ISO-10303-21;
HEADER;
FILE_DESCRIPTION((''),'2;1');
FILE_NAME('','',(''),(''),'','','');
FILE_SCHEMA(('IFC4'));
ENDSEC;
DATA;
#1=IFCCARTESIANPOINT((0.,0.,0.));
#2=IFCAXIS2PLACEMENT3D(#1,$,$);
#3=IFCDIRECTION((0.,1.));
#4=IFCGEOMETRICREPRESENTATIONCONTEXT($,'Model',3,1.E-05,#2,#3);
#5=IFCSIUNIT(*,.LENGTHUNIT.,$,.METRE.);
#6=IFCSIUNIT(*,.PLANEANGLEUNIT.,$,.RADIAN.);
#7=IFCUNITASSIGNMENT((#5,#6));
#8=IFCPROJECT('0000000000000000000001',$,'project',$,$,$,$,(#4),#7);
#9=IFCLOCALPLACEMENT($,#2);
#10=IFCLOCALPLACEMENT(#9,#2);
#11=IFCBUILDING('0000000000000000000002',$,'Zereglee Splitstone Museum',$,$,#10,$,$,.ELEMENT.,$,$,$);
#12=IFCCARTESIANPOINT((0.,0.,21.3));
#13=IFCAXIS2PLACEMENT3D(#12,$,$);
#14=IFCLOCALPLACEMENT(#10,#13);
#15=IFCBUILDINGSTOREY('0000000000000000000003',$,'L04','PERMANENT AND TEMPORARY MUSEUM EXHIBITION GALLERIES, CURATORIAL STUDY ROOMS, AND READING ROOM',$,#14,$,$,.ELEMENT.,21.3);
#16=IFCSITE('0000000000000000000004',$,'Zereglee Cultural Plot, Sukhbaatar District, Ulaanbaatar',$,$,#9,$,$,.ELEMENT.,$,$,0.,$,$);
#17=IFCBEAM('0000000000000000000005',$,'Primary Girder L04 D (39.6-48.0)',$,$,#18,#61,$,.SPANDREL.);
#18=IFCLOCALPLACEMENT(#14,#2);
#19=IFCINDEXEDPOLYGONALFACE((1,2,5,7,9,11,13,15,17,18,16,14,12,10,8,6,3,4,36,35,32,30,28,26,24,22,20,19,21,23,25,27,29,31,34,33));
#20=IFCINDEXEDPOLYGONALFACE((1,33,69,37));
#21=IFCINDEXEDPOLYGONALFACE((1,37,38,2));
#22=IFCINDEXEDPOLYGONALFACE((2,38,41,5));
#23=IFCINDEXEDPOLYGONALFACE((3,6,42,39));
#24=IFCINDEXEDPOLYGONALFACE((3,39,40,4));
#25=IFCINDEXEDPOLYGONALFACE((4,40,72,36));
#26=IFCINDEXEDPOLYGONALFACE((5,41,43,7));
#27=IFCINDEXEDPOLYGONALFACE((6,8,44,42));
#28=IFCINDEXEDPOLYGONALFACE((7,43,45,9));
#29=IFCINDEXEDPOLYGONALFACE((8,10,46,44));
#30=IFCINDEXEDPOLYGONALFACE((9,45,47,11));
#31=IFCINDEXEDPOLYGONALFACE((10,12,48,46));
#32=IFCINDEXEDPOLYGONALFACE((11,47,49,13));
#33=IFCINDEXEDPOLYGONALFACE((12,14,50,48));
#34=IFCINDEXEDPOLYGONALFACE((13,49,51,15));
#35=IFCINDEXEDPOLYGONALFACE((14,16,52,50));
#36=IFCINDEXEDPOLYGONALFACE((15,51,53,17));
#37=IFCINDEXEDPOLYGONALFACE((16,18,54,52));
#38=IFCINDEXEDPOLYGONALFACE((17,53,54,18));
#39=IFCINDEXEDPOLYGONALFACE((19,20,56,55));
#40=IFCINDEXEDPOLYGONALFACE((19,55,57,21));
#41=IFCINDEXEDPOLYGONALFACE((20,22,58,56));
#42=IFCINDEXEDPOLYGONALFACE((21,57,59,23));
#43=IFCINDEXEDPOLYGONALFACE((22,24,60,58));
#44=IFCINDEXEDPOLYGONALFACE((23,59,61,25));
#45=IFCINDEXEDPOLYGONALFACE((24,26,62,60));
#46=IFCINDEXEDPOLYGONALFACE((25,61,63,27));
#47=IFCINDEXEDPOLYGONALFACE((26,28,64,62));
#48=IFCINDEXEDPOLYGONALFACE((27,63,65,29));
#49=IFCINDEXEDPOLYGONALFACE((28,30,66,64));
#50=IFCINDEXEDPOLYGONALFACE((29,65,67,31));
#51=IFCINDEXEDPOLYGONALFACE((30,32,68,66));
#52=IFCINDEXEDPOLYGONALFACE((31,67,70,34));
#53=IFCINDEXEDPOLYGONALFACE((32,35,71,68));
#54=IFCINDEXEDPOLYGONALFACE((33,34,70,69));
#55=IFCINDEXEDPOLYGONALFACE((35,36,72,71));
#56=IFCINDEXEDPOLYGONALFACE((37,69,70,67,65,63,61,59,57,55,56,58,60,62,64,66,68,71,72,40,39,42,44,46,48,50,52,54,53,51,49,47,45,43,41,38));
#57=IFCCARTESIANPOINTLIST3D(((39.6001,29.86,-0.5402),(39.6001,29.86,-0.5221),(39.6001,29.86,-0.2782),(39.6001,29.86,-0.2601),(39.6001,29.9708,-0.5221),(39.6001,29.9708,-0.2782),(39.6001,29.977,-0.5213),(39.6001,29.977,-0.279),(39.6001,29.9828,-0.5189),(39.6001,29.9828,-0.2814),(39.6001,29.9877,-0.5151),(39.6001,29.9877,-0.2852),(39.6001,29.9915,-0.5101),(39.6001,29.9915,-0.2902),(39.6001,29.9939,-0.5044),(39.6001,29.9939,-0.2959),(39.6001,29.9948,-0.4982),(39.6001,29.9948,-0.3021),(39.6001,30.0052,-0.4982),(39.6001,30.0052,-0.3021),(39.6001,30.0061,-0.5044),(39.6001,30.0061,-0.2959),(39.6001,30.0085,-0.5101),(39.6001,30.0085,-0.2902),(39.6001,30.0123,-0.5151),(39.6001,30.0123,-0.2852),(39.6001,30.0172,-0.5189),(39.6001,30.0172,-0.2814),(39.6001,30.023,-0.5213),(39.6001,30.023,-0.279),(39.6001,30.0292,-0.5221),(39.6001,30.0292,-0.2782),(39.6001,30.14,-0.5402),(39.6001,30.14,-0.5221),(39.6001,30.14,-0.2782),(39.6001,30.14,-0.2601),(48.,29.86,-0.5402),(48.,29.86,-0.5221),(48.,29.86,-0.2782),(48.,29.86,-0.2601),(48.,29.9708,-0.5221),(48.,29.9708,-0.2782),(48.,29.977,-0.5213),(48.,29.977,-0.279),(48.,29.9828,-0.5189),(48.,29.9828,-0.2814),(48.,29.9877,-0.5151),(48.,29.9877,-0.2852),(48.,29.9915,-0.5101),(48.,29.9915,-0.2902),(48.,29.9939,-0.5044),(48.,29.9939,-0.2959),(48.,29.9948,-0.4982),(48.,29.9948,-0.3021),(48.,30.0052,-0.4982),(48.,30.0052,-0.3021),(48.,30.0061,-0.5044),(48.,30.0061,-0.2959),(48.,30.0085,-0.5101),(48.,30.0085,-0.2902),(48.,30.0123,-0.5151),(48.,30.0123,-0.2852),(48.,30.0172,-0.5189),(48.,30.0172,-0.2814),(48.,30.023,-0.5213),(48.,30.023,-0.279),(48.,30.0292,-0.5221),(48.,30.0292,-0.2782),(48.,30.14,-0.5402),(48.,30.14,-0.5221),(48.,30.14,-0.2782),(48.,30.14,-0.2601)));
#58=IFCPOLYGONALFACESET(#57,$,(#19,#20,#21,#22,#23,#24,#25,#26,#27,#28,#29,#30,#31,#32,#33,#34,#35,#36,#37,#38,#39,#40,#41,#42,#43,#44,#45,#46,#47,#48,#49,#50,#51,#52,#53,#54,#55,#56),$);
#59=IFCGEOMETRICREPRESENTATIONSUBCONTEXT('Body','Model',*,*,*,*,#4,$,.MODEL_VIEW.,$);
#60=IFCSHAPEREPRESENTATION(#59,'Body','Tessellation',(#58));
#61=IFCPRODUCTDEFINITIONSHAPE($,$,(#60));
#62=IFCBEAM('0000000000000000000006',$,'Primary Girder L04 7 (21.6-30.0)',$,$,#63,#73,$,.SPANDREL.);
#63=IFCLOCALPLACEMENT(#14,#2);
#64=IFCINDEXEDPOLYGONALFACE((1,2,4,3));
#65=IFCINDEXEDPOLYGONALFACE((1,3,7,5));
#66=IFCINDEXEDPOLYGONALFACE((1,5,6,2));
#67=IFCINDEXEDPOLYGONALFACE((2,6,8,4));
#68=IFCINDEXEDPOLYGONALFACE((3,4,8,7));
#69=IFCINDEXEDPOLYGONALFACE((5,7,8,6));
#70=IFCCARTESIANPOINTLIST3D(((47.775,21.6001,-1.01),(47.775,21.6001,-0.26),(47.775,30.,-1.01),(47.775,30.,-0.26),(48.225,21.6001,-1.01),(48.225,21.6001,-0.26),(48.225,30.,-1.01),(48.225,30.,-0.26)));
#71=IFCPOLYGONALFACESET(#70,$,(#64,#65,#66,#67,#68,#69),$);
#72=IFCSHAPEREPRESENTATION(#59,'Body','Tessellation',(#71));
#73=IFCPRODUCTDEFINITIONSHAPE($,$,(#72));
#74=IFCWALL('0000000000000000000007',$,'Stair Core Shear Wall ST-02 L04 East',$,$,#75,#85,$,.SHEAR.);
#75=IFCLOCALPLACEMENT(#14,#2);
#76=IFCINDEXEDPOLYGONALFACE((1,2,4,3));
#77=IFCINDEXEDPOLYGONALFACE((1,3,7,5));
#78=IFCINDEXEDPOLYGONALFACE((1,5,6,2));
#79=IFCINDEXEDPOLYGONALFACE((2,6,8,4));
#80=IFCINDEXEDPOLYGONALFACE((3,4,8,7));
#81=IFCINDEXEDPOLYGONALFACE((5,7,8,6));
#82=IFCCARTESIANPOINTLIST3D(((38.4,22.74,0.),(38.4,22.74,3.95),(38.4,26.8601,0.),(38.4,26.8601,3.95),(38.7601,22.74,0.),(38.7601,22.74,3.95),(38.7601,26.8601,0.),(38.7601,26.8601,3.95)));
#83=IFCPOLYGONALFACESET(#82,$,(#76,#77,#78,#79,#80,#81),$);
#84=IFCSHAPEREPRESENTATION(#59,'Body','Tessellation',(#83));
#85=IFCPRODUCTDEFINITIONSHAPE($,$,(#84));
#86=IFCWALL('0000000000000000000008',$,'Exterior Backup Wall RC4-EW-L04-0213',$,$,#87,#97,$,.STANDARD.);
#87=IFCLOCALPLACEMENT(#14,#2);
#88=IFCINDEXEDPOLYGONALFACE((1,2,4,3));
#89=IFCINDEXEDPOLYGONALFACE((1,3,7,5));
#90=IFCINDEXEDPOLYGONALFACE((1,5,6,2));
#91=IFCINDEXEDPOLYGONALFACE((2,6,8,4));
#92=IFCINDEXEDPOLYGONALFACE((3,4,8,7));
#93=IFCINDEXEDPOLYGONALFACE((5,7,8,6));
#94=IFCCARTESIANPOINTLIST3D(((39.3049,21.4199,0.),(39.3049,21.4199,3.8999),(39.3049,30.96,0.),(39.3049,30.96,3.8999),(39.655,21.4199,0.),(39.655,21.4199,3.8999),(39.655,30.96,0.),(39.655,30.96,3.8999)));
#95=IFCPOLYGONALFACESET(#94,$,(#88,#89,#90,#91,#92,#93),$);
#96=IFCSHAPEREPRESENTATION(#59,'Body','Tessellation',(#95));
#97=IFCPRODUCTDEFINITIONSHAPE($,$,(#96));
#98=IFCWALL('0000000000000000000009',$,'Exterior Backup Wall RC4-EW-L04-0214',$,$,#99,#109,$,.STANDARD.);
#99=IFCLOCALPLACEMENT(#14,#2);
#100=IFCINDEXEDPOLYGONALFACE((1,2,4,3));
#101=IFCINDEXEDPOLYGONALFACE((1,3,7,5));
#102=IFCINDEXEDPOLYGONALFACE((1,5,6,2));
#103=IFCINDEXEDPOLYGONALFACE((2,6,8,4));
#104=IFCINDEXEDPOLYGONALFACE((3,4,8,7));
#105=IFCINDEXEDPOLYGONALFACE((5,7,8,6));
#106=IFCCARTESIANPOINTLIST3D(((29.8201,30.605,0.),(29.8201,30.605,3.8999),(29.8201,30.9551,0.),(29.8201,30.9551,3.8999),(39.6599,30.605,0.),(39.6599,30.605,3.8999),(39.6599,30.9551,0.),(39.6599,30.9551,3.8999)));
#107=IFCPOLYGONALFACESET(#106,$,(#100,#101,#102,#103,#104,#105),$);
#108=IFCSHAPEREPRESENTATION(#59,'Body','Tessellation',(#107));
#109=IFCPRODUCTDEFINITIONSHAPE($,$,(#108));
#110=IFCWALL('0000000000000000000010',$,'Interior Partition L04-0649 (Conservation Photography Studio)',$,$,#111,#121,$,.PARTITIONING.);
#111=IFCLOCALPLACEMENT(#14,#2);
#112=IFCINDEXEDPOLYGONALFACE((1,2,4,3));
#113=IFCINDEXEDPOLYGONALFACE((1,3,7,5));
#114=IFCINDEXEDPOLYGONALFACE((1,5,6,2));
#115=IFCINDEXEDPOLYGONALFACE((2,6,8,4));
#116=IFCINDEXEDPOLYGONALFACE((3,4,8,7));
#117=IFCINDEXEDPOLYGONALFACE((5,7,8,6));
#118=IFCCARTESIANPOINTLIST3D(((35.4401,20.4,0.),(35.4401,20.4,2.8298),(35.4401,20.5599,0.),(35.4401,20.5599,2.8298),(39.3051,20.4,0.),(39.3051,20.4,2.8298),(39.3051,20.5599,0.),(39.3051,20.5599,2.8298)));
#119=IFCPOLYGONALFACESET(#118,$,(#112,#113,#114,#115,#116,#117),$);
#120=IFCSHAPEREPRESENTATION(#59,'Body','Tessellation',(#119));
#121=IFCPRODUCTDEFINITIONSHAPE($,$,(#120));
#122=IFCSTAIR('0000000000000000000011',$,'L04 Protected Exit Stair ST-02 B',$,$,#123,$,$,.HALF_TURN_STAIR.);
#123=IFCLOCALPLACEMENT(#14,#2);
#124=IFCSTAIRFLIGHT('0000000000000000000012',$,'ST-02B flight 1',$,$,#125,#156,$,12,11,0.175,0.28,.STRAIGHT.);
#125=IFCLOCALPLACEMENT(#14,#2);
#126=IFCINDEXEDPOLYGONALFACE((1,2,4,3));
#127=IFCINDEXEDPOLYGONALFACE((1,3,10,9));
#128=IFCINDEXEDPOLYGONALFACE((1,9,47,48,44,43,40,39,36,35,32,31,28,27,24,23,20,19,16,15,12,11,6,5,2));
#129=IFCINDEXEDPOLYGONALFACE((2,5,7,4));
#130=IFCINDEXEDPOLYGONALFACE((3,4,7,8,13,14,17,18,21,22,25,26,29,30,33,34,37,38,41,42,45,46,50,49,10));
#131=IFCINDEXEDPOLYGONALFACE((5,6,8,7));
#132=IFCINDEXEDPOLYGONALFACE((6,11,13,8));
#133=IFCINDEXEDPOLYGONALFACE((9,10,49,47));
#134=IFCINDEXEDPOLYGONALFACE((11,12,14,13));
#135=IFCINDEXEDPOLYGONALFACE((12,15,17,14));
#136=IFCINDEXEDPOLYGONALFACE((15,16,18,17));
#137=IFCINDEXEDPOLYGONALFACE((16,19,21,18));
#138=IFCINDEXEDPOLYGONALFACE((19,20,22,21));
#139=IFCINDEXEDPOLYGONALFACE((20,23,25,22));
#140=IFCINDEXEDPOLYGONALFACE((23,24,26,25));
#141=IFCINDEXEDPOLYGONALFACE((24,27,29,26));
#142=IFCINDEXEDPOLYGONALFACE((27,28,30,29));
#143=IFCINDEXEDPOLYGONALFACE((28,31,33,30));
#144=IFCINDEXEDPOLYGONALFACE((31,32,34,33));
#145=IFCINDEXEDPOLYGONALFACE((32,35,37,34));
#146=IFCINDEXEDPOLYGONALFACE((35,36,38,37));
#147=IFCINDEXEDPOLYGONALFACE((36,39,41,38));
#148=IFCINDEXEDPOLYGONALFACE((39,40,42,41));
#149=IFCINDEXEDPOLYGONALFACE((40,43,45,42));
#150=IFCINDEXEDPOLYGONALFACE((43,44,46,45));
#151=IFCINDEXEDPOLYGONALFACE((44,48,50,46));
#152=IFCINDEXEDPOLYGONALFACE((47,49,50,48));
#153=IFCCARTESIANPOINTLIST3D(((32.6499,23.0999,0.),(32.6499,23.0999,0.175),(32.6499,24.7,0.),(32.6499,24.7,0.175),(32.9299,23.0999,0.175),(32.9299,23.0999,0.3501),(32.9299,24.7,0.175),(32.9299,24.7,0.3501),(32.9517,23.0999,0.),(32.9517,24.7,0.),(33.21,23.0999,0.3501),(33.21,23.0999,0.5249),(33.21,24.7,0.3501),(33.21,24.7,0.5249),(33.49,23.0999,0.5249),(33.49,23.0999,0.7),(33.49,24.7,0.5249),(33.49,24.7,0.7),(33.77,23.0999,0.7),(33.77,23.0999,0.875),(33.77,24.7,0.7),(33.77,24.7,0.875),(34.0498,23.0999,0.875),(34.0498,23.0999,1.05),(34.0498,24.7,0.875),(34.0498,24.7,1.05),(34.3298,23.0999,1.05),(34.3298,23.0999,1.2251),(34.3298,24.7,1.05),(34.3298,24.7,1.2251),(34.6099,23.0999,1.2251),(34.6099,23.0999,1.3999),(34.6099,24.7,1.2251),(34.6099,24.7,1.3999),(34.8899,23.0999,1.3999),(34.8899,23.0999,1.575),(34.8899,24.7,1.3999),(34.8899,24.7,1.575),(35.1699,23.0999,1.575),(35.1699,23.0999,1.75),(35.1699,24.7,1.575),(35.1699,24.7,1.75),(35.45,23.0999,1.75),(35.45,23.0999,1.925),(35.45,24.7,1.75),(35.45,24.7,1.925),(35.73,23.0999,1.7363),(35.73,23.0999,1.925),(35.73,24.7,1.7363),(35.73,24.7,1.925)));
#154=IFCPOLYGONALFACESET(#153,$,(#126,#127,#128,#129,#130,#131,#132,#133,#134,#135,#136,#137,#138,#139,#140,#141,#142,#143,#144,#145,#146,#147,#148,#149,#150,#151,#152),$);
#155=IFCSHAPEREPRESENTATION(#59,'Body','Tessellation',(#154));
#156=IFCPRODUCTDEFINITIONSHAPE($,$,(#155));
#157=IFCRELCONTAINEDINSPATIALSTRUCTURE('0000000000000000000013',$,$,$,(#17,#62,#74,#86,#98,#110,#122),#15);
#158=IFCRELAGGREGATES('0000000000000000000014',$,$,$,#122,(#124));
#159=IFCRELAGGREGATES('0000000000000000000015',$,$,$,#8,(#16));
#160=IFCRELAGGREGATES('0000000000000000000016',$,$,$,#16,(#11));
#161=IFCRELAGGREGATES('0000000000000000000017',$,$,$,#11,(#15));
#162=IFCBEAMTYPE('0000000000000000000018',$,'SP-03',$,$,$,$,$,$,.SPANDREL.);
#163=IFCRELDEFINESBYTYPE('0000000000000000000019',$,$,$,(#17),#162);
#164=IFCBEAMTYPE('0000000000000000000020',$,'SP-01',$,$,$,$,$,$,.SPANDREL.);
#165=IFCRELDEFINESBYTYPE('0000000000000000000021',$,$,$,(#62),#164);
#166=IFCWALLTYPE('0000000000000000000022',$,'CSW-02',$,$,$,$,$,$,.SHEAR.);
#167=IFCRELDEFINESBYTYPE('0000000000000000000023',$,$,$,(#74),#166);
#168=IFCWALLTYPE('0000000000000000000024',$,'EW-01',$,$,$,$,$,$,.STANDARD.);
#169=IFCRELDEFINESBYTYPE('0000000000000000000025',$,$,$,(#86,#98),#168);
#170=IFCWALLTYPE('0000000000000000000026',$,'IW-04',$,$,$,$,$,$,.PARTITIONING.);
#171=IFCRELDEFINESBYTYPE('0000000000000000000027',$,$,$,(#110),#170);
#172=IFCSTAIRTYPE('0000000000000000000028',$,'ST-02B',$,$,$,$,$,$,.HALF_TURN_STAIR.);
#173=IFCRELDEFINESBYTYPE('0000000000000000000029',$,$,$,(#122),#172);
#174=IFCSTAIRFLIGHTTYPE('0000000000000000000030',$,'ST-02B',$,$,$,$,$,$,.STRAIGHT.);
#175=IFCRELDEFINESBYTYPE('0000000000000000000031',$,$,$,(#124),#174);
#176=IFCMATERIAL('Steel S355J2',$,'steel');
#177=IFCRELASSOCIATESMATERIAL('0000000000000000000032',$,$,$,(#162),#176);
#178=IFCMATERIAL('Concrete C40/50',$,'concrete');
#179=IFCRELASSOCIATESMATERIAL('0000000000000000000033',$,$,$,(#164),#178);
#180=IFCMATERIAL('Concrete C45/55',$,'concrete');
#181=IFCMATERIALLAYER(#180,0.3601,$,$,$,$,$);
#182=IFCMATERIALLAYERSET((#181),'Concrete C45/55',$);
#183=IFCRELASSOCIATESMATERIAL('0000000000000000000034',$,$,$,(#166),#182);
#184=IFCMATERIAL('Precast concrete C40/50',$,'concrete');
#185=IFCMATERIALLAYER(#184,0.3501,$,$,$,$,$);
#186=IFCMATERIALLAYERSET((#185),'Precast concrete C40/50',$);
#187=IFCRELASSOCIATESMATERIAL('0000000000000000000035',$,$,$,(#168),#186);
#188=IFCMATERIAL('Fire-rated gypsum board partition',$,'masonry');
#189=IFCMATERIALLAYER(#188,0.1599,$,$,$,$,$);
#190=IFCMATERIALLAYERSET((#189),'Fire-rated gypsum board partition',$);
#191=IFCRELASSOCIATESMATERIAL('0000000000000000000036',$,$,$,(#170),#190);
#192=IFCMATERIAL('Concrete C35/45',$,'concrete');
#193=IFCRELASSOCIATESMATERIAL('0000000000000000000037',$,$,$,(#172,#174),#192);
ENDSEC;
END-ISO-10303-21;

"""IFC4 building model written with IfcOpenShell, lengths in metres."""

from ifc_helpers import new_model, si_unit, direction, frame, frame_2d, origin, origin_2d, place, context, subcontext, project, spatial, polyline, rectangle, i_section, outline, extrude, material, layer, layer_set, material_profile, profile_set, type_object, element, aggregate, save


model = new_model("IFC4")

# Units and contexts
model_context = context("Model", 3, precision=1e-05, world=origin(), true_north=direction((0.0, 1.0)))
body_context = subcontext(model_context, "Body", "Model", "MODEL_VIEW")
ifc_project = project(units=[si_unit("LENGTHUNIT", "METRE"), si_unit("PLANEANGLEUNIT", "RADIAN")], contexts=[model_context])

# Site, building, storey
site_placement = place(None, origin())
site = spatial("IfcSite", under=ifc_project, at=site_placement, Name="Zereglee Cultural Plot, Sukhbaatar District, Ulaanbaatar", CompositionType="ELEMENT", RefElevation=0.0)
building_placement = place(site_placement, origin())
building = spatial("IfcBuilding", under=site, at=building_placement, Name="Zereglee Splitstone Museum", CompositionType="ELEMENT")
storey_placement = place(building_placement, frame((0.0, 0.0, 21.3)))
storey = spatial("IfcBuildingStorey", under=building, at=storey_placement, Name="L04", Description="PERMANENT AND TEMPORARY MUSEUM EXHIBITION GALLERIES, CURATORIAL STUDY ROOMS, AND READING ROOM", CompositionType="ELEMENT", Elevation=21.3)

# Shared definitions
ifc_material_1 = material(Name="Steel S355J2", Category="steel")

# Beams
ifc_material_profile_1 = material_profile(ifc_material_1, i_section(OverallWidth=0.28, OverallDepth=0.28, WebThickness=0.0105, FlangeThickness=0.0181, FilletRadius=0.0239, at=origin_2d()), Name="HE 280 B")
ifc_profile_set_1 = profile_set([ifc_material_profile_1], Name="Steel S355J2")
beam_type_1 = type_object("IfcBeamType", Name="SP-03", PredefinedType="SPANDREL", material=ifc_profile_set_1)
beam_1_placement = place(storey_placement, frame((39.6001, 30.0, -0.4001), z_axis=(1.0, 0.0, 0.0), x_axis=(0.0, 1.0, 0.0)))
element("IfcBeam", 1, at=beam_1_placement, inside=storey, type_object=beam_type_1, Name="Primary Girder L04 D (39.6-48.0)", PredefinedType="SPANDREL", context=body_context, shape_type="SweptSolid", body=[
    extrude(i_section(OverallWidth=0.28, OverallDepth=0.28, WebThickness=0.0105, FlangeThickness=0.0181, FilletRadius=0.0239, at=origin_2d()), origin(), (0.0, 0.0, 1.0), 8.3999),
])
ifc_material_2 = material(Name="Concrete C40/50", Category="concrete")
ifc_material_profile_2 = material_profile(ifc_material_2, rectangle(XDim=0.45, YDim=0.75, at=origin_2d()), Name="RC 450x750")
ifc_profile_set_2 = profile_set([ifc_material_profile_2], Name="Concrete C40/50")
beam_type_2 = type_object("IfcBeamType", Name="SP-01", PredefinedType="SPANDREL", material=ifc_profile_set_2)
beam_2_placement = place(storey_placement, frame((48.0, 21.6001, -0.635), z_axis=(0.0, 1.0, 0.0), x_axis=(-1.0, 0.0, 0.0)))
element("IfcBeam", 2, at=beam_2_placement, inside=storey, type_object=beam_type_2, Name="Primary Girder L04 7 (21.6-30.0)", PredefinedType="SPANDREL", context=body_context, shape_type="SweptSolid", body=[
    extrude(rectangle(XDim=0.45, YDim=0.75, at=origin_2d()), origin(), (0.0, 0.0, 1.0), 8.3999),
])

# Walls
ifc_material_3 = material(Name="Concrete C45/55", Category="concrete")
ifc_layer_1 = layer(ifc_material_3, 0.3601)
ifc_layer_set_1 = layer_set([ifc_layer_1], Name="Concrete C45/55")
wall_type_1 = type_object("IfcWallType", Name="CSW-02", PredefinedType="SHEAR", material=ifc_layer_set_1)
wall_1_placement = place(storey_placement, frame((38.5801, 22.74, 0.0), z_axis=(0.0, 0.0, 1.0), x_axis=(0.0, 1.0, 0.0)))
element("IfcWall", 3, at=wall_1_placement, inside=storey, type_object=wall_type_1, Name="Stair Core Shear Wall ST-02 L04 East", PredefinedType="SHEAR", context=body_context, shape_type="SweptSolid", body=[
    extrude(rectangle(XDim=4.1201, YDim=0.3601, at=frame_2d((2.0601, 0.0))), origin(), (0.0, 0.0, 1.0), 3.95),
])
ifc_material_4 = material(Name="Precast concrete C40/50", Category="concrete")
ifc_layer_2 = layer(ifc_material_4, 0.3501)
ifc_layer_set_2 = layer_set([ifc_layer_2], Name="Precast concrete C40/50")
wall_type_2 = type_object("IfcWallType", Name="EW-01", PredefinedType="STANDARD", material=ifc_layer_set_2)
wall_2_placement = place(storey_placement, frame((39.48, 21.4199, 0.0), z_axis=(0.0, 0.0, 1.0), x_axis=(0.0, 1.0, 0.0)))
element("IfcWall", 4, at=wall_2_placement, inside=storey, type_object=wall_type_2, Name="Exterior Backup Wall RC4-EW-L04-0213", PredefinedType="STANDARD", context=body_context, shape_type="SweptSolid", body=[
    extrude(rectangle(XDim=9.54, YDim=0.3501, at=frame_2d((4.77, 0.0))), origin(), (0.0, 0.0, 1.0), 3.8999),
])
wall_3_placement = place(storey_placement, frame((39.6599, 30.78, 0.0), z_axis=(0.0, 0.0, 1.0), x_axis=(-1.0, 0.0, 0.0)))
element("IfcWall", 5, at=wall_3_placement, inside=storey, type_object=wall_type_2, Name="Exterior Backup Wall RC4-EW-L04-0214", PredefinedType="STANDARD", context=body_context, shape_type="SweptSolid", body=[
    extrude(rectangle(XDim=9.8398, YDim=0.3501, at=frame_2d((4.9199, 0.0))), origin(), (0.0, 0.0, 1.0), 3.8999),
])
ifc_material_5 = material(Name="Fire-rated gypsum board partition", Category="masonry")
ifc_layer_3 = layer(ifc_material_5, 0.1599)
ifc_layer_set_3 = layer_set([ifc_layer_3], Name="Fire-rated gypsum board partition")
wall_type_3 = type_object("IfcWallType", Name="IW-04", PredefinedType="PARTITIONING", material=ifc_layer_set_3)
wall_4_placement = place(storey_placement, frame((35.4399, 20.48, 0.0), z_axis=(0.0, 0.0, 1.0), x_axis=(1.0, 0.0, 0.0)))
element("IfcWall", 6, at=wall_4_placement, inside=storey, type_object=wall_type_3, Name="Interior Partition L04-0649 (Conservation Photography Studio)", PredefinedType="PARTITIONING", context=body_context, shape_type="SweptSolid", body=[
    extrude(rectangle(XDim=3.865, YDim=0.1599, at=frame_2d((1.9326, 0.0))), origin(), (0.0, 0.0, 1.0), 2.8298),
])

# Stair, stair flight
ifc_material_6 = material(Name="Concrete C35/45", Category="concrete")
stair_type = type_object("IfcStairType", Name="ST-02B", PredefinedType="HALF_TURN_STAIR", material=ifc_material_6)
stair_placement = place(storey_placement, origin())
stair = element("IfcStair", 7, at=stair_placement, inside=storey, type_object=stair_type, Name="L04 Protected Exit Stair ST-02 B", PredefinedType="HALF_TURN_STAIR")
stair_flight_type = type_object("IfcStairFlightType", Name="ST-02B", PredefinedType="STRAIGHT", material=ifc_material_6)
stair_flight_1_placement = place(storey_placement, frame((32.6499, 23.8999, 0.0), z_axis=(0.0, 0.0, 1.0), x_axis=(1.0, 0.0, 0.0)))
stair_flight_1 = element("IfcStairFlight", 8, at=stair_flight_1_placement, type_object=stair_flight_type, Name="ST-02B flight 1", NumberOfRisers=12, NumberOfTreads=11, PredefinedType="STRAIGHT", RiserHeight=0.175, TreadLength=0.28, context=body_context, shape_type="SweptSolid", body=[
    extrude(outline(polyline([(0.0, 0.0), (0.0, 0.175), (0.28, 0.175), (0.28, 0.3501), (0.5601, 0.3501), (0.5601, 0.5249), (0.8401, 0.5249), (0.8401, 0.7), (1.1201, 0.7), (1.1201, 0.875), (1.3999, 0.875), (1.3999, 1.05), (1.6799, 1.05), (1.6799, 1.2251), (1.96, 1.2251), (1.96, 1.3999), (2.24, 1.3999), (2.24, 1.575), (2.52, 1.575), (2.52, 1.75), (2.8, 1.75), (2.8, 1.925), (3.0801, 1.925), (3.0801, 2.1001), (3.0801, 1.7363), (0.3018, 0.0), (0.0, 0.0)])), frame((0.0, 0.8, 0.0), z_axis=(0.0, -1.0, 0.0), x_axis=(1.0, 0.0, 0.0)), (0.0, 0.0, 1.0), 1.6001),
])
aggregate(stair, [stair_flight_1])

save(model, "model.ifc")
